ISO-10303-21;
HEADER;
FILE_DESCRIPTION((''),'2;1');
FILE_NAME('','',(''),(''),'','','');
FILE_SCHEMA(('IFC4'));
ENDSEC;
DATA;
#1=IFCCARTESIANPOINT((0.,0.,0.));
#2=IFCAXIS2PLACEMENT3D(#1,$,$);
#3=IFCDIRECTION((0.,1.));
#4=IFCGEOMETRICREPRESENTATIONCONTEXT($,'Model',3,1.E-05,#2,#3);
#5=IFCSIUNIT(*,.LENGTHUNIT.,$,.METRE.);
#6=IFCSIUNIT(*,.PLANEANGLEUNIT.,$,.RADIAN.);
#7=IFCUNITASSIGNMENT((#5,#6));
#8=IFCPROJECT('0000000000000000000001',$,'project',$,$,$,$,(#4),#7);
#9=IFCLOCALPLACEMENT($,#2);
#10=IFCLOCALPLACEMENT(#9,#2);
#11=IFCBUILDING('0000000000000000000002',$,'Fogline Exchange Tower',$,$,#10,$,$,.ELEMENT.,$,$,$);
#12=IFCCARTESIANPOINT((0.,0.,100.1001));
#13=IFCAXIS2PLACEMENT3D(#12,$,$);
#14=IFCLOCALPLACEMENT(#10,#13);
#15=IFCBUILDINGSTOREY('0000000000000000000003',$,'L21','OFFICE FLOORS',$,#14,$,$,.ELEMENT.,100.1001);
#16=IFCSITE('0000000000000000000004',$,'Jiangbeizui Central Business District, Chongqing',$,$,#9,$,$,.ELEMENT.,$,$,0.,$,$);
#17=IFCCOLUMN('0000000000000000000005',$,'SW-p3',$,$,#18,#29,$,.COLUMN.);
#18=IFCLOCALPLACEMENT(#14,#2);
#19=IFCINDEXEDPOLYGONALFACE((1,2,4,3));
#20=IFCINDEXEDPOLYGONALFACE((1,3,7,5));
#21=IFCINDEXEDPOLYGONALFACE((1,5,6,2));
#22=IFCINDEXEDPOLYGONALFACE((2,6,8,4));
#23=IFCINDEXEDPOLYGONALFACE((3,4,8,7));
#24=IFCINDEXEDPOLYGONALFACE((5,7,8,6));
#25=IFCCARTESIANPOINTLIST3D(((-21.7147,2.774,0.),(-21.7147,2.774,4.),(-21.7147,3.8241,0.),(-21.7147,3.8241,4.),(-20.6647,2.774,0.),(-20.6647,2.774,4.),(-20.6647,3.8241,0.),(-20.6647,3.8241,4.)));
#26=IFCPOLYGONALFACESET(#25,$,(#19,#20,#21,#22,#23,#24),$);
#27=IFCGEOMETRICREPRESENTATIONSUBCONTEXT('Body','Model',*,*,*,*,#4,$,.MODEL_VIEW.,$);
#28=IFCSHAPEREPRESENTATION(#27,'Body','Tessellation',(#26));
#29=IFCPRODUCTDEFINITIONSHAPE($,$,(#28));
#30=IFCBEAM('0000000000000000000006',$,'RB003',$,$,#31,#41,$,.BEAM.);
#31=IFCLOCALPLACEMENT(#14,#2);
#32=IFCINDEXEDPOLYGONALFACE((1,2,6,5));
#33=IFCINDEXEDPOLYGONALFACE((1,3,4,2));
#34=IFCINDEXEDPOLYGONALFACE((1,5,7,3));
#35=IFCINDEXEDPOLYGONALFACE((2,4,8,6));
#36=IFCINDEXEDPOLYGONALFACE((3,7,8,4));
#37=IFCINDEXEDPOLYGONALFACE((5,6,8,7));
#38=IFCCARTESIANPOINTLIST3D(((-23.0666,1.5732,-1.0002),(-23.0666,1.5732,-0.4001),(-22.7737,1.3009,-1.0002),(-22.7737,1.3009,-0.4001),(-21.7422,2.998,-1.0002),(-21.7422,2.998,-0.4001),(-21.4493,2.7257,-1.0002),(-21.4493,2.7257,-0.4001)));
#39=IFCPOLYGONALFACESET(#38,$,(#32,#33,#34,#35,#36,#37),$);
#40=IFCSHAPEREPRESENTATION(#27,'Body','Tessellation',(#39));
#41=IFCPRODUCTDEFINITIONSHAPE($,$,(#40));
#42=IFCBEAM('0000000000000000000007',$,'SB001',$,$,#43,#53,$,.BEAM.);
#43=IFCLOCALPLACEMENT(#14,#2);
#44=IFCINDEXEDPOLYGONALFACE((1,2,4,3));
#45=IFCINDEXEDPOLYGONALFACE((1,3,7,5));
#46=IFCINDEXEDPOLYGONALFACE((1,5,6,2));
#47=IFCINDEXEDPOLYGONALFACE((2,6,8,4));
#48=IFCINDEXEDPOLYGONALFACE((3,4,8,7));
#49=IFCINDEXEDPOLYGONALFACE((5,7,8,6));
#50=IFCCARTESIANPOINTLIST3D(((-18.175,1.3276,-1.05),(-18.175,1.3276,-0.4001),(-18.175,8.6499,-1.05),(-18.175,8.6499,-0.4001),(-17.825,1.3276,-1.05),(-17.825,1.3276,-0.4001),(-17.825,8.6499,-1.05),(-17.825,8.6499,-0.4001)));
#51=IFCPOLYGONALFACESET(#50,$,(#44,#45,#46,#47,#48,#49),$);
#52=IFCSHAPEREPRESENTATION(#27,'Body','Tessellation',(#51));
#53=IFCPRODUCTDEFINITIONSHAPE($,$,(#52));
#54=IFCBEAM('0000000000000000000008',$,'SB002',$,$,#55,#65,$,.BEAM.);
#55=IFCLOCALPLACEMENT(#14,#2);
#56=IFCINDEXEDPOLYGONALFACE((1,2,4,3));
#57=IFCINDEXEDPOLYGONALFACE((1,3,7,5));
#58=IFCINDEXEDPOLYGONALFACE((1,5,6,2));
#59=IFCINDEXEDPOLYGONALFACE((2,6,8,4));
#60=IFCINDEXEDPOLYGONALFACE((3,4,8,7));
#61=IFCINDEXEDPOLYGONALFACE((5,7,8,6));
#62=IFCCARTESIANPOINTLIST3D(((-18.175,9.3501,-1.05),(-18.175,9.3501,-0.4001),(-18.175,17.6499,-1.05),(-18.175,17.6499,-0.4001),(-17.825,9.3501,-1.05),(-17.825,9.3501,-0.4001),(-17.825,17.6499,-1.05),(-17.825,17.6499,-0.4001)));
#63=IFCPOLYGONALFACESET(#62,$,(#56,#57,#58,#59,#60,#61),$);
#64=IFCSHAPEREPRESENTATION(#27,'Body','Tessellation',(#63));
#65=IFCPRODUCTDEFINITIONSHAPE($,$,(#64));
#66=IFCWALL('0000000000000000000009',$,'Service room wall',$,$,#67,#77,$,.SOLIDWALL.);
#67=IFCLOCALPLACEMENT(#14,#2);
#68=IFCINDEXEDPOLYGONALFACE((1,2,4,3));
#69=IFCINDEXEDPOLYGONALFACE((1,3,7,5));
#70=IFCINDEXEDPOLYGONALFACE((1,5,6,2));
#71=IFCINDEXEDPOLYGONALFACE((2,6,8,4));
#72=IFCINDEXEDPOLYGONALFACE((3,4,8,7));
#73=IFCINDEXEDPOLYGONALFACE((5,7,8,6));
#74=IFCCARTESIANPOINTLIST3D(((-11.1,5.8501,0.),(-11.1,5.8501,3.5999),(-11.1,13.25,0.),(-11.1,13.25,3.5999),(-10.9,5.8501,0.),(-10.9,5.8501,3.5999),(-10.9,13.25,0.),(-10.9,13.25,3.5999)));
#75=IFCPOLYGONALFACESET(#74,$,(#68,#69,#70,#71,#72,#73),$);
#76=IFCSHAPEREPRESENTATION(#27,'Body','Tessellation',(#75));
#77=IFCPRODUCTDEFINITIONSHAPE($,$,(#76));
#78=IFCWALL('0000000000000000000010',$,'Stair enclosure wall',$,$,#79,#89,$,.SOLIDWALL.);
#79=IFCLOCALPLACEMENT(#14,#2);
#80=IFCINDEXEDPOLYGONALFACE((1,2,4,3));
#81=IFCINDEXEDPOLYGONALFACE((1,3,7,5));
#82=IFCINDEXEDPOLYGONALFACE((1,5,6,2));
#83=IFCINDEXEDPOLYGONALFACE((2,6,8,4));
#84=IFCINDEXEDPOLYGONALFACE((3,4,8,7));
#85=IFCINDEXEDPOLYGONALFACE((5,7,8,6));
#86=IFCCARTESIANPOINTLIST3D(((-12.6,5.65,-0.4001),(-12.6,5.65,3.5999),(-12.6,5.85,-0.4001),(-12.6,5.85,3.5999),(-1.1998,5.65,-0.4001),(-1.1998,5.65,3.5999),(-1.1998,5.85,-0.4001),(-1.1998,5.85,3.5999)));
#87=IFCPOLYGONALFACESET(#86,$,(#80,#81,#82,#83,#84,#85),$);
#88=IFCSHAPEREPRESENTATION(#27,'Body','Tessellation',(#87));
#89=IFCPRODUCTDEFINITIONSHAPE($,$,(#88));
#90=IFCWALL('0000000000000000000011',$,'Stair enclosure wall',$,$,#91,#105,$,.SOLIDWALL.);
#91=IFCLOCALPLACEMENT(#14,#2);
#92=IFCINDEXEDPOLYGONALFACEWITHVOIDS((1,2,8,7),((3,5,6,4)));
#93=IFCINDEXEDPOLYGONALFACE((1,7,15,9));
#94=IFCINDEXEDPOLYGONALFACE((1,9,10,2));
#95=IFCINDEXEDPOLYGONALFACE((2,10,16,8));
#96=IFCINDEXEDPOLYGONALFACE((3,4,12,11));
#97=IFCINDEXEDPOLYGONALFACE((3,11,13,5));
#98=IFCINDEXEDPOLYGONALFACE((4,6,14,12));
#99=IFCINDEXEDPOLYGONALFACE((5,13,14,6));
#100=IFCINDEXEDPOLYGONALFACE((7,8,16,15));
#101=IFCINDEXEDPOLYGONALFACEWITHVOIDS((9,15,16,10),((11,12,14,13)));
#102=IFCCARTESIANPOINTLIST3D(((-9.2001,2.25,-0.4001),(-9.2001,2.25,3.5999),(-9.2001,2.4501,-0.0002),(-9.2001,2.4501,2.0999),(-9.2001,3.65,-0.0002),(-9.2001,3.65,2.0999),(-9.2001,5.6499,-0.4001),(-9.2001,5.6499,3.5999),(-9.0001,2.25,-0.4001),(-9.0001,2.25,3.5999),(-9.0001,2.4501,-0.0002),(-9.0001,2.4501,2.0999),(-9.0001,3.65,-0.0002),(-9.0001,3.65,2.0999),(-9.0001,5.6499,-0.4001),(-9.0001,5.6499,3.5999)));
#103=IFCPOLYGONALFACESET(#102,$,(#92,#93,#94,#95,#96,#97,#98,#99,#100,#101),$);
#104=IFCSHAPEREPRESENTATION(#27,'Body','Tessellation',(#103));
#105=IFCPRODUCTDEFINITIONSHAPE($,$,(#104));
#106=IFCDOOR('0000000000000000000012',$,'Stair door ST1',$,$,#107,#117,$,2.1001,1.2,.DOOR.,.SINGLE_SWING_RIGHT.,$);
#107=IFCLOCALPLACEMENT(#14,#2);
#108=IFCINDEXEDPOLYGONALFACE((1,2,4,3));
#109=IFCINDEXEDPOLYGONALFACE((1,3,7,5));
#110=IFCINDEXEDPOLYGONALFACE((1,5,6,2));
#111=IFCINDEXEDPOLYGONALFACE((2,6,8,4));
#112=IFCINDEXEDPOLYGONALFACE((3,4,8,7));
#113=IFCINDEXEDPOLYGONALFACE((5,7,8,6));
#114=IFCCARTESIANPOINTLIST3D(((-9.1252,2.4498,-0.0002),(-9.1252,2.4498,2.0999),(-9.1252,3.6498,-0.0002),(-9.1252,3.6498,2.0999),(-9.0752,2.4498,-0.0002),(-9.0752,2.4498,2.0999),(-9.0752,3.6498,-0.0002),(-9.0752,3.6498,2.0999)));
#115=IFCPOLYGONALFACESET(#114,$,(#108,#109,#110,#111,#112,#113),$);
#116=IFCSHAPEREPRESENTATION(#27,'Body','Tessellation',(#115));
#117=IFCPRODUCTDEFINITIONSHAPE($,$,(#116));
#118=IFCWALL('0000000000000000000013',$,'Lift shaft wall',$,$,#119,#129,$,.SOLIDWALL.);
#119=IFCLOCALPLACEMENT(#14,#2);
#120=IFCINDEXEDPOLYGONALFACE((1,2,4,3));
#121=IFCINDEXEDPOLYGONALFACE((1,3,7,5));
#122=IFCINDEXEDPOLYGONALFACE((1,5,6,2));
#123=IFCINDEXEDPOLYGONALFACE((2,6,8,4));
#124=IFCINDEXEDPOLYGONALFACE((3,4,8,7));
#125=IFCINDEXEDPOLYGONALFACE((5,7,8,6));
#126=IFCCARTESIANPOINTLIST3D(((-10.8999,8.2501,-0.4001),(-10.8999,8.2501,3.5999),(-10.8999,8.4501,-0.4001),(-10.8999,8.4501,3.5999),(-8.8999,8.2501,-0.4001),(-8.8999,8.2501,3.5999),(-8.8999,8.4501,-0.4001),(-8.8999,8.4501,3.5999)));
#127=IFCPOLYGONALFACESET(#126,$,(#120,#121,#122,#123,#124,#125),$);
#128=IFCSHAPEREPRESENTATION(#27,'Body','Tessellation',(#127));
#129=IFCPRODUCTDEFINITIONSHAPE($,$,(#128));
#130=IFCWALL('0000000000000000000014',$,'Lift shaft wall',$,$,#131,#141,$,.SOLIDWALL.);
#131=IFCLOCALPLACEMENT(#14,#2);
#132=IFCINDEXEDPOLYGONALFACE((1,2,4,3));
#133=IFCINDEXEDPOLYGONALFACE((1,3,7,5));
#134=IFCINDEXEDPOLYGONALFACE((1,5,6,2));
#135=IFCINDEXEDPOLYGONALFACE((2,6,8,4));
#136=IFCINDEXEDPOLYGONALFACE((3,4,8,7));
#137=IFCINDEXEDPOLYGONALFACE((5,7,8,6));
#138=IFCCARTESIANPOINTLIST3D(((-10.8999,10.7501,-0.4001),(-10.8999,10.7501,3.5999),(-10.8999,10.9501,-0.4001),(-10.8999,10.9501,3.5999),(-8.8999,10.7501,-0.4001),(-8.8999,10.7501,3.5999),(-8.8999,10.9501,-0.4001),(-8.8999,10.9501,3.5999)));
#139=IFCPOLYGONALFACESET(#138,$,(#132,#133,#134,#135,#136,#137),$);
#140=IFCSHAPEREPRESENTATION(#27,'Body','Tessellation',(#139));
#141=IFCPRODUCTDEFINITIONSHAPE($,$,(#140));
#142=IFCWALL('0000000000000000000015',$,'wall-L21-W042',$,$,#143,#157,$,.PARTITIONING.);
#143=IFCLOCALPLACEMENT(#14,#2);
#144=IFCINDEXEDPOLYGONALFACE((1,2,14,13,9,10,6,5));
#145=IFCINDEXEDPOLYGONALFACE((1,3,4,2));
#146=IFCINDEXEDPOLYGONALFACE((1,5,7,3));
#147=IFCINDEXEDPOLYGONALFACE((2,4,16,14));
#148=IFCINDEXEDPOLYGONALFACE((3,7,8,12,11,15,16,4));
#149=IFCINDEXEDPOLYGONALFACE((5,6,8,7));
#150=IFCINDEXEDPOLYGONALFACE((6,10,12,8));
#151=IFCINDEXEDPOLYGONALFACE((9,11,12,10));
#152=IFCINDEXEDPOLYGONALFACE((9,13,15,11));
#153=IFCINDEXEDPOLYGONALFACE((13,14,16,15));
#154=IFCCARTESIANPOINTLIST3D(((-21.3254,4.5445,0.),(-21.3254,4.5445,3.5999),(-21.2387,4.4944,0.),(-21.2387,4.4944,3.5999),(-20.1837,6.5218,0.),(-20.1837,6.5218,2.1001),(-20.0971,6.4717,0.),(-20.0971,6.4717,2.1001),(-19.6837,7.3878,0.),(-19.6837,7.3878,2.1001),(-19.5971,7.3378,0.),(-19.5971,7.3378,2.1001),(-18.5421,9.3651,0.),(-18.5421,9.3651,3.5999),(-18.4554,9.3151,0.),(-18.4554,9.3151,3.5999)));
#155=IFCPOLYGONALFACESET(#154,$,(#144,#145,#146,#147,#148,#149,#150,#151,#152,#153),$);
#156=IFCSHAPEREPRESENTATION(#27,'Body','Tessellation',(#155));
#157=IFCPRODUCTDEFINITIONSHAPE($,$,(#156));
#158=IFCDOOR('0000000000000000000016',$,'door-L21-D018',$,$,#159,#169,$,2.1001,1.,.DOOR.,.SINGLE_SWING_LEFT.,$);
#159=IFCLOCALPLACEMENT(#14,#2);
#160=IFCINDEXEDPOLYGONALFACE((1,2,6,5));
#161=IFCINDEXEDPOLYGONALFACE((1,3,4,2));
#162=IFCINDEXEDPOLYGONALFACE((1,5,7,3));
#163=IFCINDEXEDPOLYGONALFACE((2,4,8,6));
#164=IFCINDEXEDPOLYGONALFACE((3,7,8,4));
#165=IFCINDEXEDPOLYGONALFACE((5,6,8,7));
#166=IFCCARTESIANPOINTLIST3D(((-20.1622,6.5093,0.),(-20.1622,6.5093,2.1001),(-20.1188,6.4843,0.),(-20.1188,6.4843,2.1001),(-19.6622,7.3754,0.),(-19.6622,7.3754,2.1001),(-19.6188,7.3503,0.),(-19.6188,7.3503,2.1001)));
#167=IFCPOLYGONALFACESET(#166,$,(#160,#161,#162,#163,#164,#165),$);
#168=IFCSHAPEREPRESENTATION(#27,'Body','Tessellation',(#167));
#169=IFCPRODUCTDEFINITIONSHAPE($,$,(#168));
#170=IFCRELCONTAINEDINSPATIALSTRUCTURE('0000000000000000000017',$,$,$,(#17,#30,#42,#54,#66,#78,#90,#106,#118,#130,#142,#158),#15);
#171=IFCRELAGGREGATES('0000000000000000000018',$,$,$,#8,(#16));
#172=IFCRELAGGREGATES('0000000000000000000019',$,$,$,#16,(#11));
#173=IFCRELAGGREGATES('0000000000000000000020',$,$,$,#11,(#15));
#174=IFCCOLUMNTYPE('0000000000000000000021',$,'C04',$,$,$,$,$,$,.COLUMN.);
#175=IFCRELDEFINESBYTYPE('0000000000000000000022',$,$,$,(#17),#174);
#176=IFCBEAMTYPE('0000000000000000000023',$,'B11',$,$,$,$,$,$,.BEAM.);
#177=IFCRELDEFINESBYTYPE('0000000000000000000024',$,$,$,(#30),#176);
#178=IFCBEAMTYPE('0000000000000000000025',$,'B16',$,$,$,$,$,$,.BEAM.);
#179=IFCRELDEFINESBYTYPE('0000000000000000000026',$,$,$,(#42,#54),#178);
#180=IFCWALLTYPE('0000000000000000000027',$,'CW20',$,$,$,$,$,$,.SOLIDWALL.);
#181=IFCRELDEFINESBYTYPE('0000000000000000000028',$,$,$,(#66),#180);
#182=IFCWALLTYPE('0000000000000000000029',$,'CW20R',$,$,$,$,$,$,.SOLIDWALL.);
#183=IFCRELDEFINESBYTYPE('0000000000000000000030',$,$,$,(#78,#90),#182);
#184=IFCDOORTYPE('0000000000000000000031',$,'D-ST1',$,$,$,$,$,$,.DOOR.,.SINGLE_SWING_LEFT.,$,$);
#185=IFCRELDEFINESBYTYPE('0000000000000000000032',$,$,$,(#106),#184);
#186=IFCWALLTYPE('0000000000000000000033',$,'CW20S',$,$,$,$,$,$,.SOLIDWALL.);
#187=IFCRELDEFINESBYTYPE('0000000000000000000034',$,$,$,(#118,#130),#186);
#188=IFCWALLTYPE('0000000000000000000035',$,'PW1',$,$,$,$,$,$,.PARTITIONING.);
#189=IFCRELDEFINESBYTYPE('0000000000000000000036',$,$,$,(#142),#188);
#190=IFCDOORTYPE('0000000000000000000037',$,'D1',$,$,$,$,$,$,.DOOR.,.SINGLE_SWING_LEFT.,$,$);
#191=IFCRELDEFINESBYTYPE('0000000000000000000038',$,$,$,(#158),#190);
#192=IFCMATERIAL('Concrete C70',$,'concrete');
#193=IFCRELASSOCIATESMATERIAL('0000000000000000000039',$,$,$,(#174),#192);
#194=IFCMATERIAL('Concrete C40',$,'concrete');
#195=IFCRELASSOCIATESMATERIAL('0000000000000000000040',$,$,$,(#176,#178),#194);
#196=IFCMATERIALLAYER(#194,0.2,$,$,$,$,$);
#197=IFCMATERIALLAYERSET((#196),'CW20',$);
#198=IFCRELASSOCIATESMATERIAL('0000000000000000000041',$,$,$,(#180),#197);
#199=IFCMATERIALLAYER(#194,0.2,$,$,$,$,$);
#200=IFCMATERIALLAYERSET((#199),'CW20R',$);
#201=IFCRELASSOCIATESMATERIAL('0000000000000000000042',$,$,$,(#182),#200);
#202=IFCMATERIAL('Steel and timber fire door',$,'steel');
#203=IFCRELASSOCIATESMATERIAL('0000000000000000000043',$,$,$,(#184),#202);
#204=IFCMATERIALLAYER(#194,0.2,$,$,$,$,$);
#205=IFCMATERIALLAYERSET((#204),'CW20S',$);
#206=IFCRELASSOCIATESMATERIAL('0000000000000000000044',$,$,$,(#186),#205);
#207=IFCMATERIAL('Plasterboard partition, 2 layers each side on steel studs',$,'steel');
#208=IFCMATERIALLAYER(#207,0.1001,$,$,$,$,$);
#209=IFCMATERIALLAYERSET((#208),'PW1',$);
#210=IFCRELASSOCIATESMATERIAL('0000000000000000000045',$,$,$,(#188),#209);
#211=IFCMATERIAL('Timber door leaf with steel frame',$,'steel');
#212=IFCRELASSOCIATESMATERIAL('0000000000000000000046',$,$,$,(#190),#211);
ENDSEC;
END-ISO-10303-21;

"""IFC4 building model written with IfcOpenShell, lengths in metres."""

from ifc_helpers import new_model, si_unit, direction, frame, frame_2d, origin, origin_2d, place, context, subcontext, project, spatial, rectangle, extrude, material, layer, layer_set, material_profile, profile_set, type_object, element, fill, save


model = new_model("IFC4")

# Units and contexts
model_context = context("Model", 3, precision=1e-05, world=origin(), true_north=direction((0.0, 1.0)))
body_context = subcontext(model_context, "Body", "Model", "MODEL_VIEW")
ifc_project = project(units=[si_unit("LENGTHUNIT", "METRE"), si_unit("PLANEANGLEUNIT", "RADIAN")], contexts=[model_context])

# Site, building, storey
site_placement = place(None, origin())
site = spatial("IfcSite", under=ifc_project, at=site_placement, Name="Jiangbeizui Central Business District, Chongqing", CompositionType="ELEMENT", RefElevation=0.0)
building_placement = place(site_placement, origin())
building = spatial("IfcBuilding", under=site, at=building_placement, Name="Fogline Exchange Tower", CompositionType="ELEMENT")
storey_placement = place(building_placement, frame((0.0, 0.0, 100.1001)))
storey = spatial("IfcBuildingStorey", under=building, at=storey_placement, Name="L21", Description="OFFICE FLOORS", CompositionType="ELEMENT", Elevation=100.1001)

# Column
ifc_material_1 = material(Name="Concrete C70", Category="concrete")
ifc_material_profile_1 = material_profile(ifc_material_1, rectangle(XDim=1.05, YDim=1.05, at=origin_2d()), Name="RC 1050x1050")
ifc_profile_set_1 = profile_set([ifc_material_profile_1], Name="Concrete C70")
column_type = type_object("IfcColumnType", Name="C04", PredefinedType="COLUMN", material=ifc_profile_set_1)
column_placement = place(storey_placement, frame((-21.1897, 3.2991, 0.0), z_axis=(0.0, 0.0, 1.0), x_axis=(1.0, 0.0, 0.0)))
element("IfcColumn", 1, at=column_placement, inside=storey, type_object=column_type, Name="SW-p3", PredefinedType="COLUMN", context=body_context, shape_type="SweptSolid", body=[
    extrude(rectangle(XDim=1.05, YDim=1.05, at=origin_2d()), origin(), (0.0, 0.0, 1.0), 4.0),
])

# Beams
ifc_material_2 = material(Name="Concrete C40", Category="concrete")
ifc_material_profile_2 = material_profile(ifc_material_2, rectangle(XDim=0.3999, YDim=0.6001, at=origin_2d()), Name="RC 400x600")
ifc_profile_set_2 = profile_set([ifc_material_profile_2], Name="Concrete C40")
beam_type_1 = type_object("IfcBeamType", Name="B11", PredefinedType="BEAM", material=ifc_profile_set_2)
beam_1_placement = place(storey_placement, frame((-21.5957, 2.8618, -0.7002), z_axis=(-0.680846, -0.732427, 0.0), x_axis=(0.732427, -0.680846, 0.0)))
element("IfcBeam", 2, at=beam_1_placement, inside=storey, type_object=beam_type_1, Name="RB003", PredefinedType="BEAM", context=body_context, shape_type="SweptSolid", body=[
    extrude(rectangle(XDim=0.3999, YDim=0.6001, at=origin_2d()), origin(), (0.0, 0.0, 1.0), 1.9453),
])
ifc_material_profile_3 = material_profile(ifc_material_2, rectangle(XDim=0.3501, YDim=0.6499, at=origin_2d()), Name="RC 350x650")
ifc_profile_set_3 = profile_set([ifc_material_profile_3], Name="Concrete C40")
beam_type_2 = type_object("IfcBeamType", Name="B16", PredefinedType="BEAM", material=ifc_profile_set_3)
beam_2_placement = place(storey_placement, frame((-18.0, 1.3276, -0.7251), z_axis=(0.0, 1.0, 0.0), x_axis=(-1.0, 0.0, 0.0)))
element("IfcBeam", 3, at=beam_2_placement, inside=storey, type_object=beam_type_2, Name="SB001", PredefinedType="BEAM", context=body_context, shape_type="SweptSolid", body=[
    extrude(rectangle(XDim=0.3501, YDim=0.6499, at=origin_2d()), origin(), (0.0, 0.0, 1.0), 7.3223),
])
beam_3_placement = place(storey_placement, frame((-18.0, 9.3501, -0.7251), z_axis=(0.0, 1.0, 0.0), x_axis=(-1.0, 0.0, 0.0)))
element("IfcBeam", 4, at=beam_3_placement, inside=storey, type_object=beam_type_2, Name="SB002", PredefinedType="BEAM", context=body_context, shape_type="SweptSolid", body=[
    extrude(rectangle(XDim=0.3501, YDim=0.6499, at=origin_2d()), origin(), (0.0, 0.0, 1.0), 8.2998),
])

# Walls
ifc_layer_1 = layer(ifc_material_2, 0.2)
ifc_layer_set_1 = layer_set([ifc_layer_1], Name="CW20")
wall_type_1 = type_object("IfcWallType", Name="CW20", PredefinedType="SOLIDWALL", material=ifc_layer_set_1)
wall_1_placement = place(storey_placement, frame((-11.0, 5.8501, 0.0), z_axis=(0.0, 0.0, 1.0), x_axis=(0.0, 1.0, 0.0)))
element("IfcWall", 5, at=wall_1_placement, inside=storey, type_object=wall_type_1, Name="Service room wall", PredefinedType="SOLIDWALL", context=body_context, shape_type="SweptSolid", body=[
    extrude(rectangle(XDim=7.3999, YDim=0.2, at=frame_2d((3.7, 0.0))), origin(), (0.0, 0.0, 1.0), 3.5999),
])
ifc_layer_2 = layer(ifc_material_2, 0.2)
ifc_layer_set_2 = layer_set([ifc_layer_2], Name="CW20R")
wall_type_2 = type_object("IfcWallType", Name="CW20R", PredefinedType="SOLIDWALL", material=ifc_layer_set_2)
wall_2_placement = place(storey_placement, frame((-12.6001, 5.75, -0.4001), z_axis=(0.0, 0.0, 1.0), x_axis=(1.0, 0.0, 0.0)))
element("IfcWall", 6, at=wall_2_placement, inside=storey, type_object=wall_type_2, Name="Stair enclosure wall", PredefinedType="SOLIDWALL", context=body_context, shape_type="SweptSolid", body=[
    extrude(rectangle(XDim=11.4001, YDim=0.2, at=frame_2d((5.7002, 0.0))), origin(), (0.0, 0.0, 1.0), 4.0),
])

# Wall, opening, door
wall_3_placement = place(storey_placement, frame((-9.1001, 2.25, -0.4001), z_axis=(0.0, 0.0, 1.0), x_axis=(0.0, 1.0, 0.0)))
wall_3 = element("IfcWall", 7, at=wall_3_placement, inside=storey, type_object=wall_type_2, Name="Stair enclosure wall", PredefinedType="SOLIDWALL", context=body_context, shape_type="SweptSolid", body=[
    extrude(rectangle(XDim=3.3999, YDim=0.2, at=frame_2d((1.7, 0.0))), origin(), (0.0, 0.0, 1.0), 4.0),
])
opening_1_placement = place(wall_3_placement, frame((0.2, 0.0, 0.3999)))
opening_1 = element("IfcOpeningElement", 8, at=opening_1_placement, cuts=wall_3, PredefinedType="OPENING", context=body_context, shape_type="SweptSolid", body=[
    extrude(rectangle(XDim=1.2, YDim=2.1001, at=frame_2d((0.6001, 1.05))), frame((0.0, 0.1099, 0.0), z_axis=(0.0, -1.0, 0.0), x_axis=(1.0, 0.0, 0.0)), (0.0, 0.0, 1.0), 0.22),
])
ifc_material_3 = material(Name="Steel and timber fire door", Category="steel")
door_type_1 = type_object("IfcDoorType", Name="D-ST1", OperationType="SINGLE_SWING_LEFT", PredefinedType="DOOR", material=ifc_material_3)
door_1_placement = place(opening_1_placement, frame((1.2, 0.0, 0.0), z_axis=(0.0, 0.0, 1.0), x_axis=(-1.0, 0.0, 0.0)))
door_1 = element("IfcDoor", 9, at=door_1_placement, inside=storey, type_object=door_type_1, Name="Stair door ST1", OperationType="SINGLE_SWING_RIGHT", OverallHeight=2.1001, OverallWidth=1.2, PredefinedType="DOOR", context=body_context, shape_type="SweptSolid", body=[
    extrude(rectangle(XDim=1.2, YDim=2.1001, at=frame_2d((0.6001, 1.05))), frame((0.0, 0.0249, 0.0), z_axis=(0.0, -1.0, 0.0), x_axis=(1.0, 0.0, 0.0)), (0.0, 0.0, 1.0), 0.05),
])
fill(opening_1, door_1)

# Walls
ifc_layer_3 = layer(ifc_material_2, 0.2)
ifc_layer_set_3 = layer_set([ifc_layer_3], Name="CW20S")
wall_type_3 = type_object("IfcWallType", Name="CW20S", PredefinedType="SOLIDWALL", material=ifc_layer_set_3)
for number, where, z_axis, x_axis, name in (
    (10, (-10.8999, 8.3501, -0.4001), (0.0, 0.0, 1.0), (1.0, 0.0, 0.0), "Lift shaft wall"),
    (11, (-10.8999, 10.8501, -0.4001), (0.0, 0.0, 1.0), (1.0, 0.0, 0.0), "Lift shaft wall"),
):
    element("IfcWall", number, at=place(storey_placement, frame(where, z_axis=z_axis, x_axis=x_axis)), inside=storey, type_object=wall_type_3, Name=name, PredefinedType="SOLIDWALL", context=body_context, shape_type="SweptSolid", body=[
        extrude(rectangle(XDim=2.0, YDim=0.2, at=frame_2d((1.0, 0.0))), origin(), (0.0, 0.0, 1.0), 4.0),
    ])

# Wall, opening, door
ifc_material_4 = material(Name="Plasterboard partition, 2 layers each side on steel studs", Category="steel")
ifc_layer_4 = layer(ifc_material_4, 0.1001)
ifc_layer_set_4 = layer_set([ifc_layer_4], Name="PW1")
wall_type_4 = type_object("IfcWallType", Name="PW1", PredefinedType="PARTITIONING", material=ifc_layer_set_4)
wall_4_placement = place(storey_placement, frame((-18.4988, 9.3401, 0.0), z_axis=(0.0, 0.0, 1.0), x_axis=(-0.500007, -0.866021, 0.0)))
wall_4 = element("IfcWall", 12, at=wall_4_placement, inside=storey, type_object=wall_type_4, Name="wall-L21-W042", PredefinedType="PARTITIONING", context=body_context, shape_type="SweptSolid", body=[
    extrude(rectangle(XDim=5.5664, YDim=0.1001, at=frame_2d((2.7832, 0.0))), origin(), (0.0, 0.0, 1.0), 3.5999),
])
opening_2_placement = place(wall_4_placement, frame((2.2832, 0.0, 0.0)))
opening_2 = element("IfcOpeningElement", 13, at=opening_2_placement, cuts=wall_4, PredefinedType="OPENING", context=body_context, shape_type="SweptSolid", body=[
    extrude(rectangle(XDim=1.0, YDim=2.1001, at=frame_2d((0.5, 1.05))), frame((0.0, 0.0601, 0.0), z_axis=(0.0, -1.0, 0.0), x_axis=(1.0, 0.0, 0.0)), (0.0, 0.0, 1.0), 0.1201),
])
ifc_material_5 = material(Name="Timber door leaf with steel frame", Category="steel")
door_type_2 = type_object("IfcDoorType", Name="D1", OperationType="SINGLE_SWING_LEFT", PredefinedType="DOOR", material=ifc_material_5)
door_2_placement = place(opening_2_placement, origin())
door_2 = element("IfcDoor", 14, at=door_2_placement, inside=storey, type_object=door_type_2, Name="door-L21-D018", OperationType="SINGLE_SWING_LEFT", OverallHeight=2.1001, OverallWidth=1.0, PredefinedType="DOOR", context=body_context, shape_type="SweptSolid", body=[
    extrude(rectangle(XDim=1.0, YDim=2.1001, at=frame_2d((0.5, 1.05))), frame((0.0, 0.0249, 0.0), z_axis=(0.0, -1.0, 0.0), x_axis=(1.0, 0.0, 0.0)), (0.0, 0.0, 1.0), 0.05),
])
fill(opening_2, door_2)

save(model, "model.ifc")
